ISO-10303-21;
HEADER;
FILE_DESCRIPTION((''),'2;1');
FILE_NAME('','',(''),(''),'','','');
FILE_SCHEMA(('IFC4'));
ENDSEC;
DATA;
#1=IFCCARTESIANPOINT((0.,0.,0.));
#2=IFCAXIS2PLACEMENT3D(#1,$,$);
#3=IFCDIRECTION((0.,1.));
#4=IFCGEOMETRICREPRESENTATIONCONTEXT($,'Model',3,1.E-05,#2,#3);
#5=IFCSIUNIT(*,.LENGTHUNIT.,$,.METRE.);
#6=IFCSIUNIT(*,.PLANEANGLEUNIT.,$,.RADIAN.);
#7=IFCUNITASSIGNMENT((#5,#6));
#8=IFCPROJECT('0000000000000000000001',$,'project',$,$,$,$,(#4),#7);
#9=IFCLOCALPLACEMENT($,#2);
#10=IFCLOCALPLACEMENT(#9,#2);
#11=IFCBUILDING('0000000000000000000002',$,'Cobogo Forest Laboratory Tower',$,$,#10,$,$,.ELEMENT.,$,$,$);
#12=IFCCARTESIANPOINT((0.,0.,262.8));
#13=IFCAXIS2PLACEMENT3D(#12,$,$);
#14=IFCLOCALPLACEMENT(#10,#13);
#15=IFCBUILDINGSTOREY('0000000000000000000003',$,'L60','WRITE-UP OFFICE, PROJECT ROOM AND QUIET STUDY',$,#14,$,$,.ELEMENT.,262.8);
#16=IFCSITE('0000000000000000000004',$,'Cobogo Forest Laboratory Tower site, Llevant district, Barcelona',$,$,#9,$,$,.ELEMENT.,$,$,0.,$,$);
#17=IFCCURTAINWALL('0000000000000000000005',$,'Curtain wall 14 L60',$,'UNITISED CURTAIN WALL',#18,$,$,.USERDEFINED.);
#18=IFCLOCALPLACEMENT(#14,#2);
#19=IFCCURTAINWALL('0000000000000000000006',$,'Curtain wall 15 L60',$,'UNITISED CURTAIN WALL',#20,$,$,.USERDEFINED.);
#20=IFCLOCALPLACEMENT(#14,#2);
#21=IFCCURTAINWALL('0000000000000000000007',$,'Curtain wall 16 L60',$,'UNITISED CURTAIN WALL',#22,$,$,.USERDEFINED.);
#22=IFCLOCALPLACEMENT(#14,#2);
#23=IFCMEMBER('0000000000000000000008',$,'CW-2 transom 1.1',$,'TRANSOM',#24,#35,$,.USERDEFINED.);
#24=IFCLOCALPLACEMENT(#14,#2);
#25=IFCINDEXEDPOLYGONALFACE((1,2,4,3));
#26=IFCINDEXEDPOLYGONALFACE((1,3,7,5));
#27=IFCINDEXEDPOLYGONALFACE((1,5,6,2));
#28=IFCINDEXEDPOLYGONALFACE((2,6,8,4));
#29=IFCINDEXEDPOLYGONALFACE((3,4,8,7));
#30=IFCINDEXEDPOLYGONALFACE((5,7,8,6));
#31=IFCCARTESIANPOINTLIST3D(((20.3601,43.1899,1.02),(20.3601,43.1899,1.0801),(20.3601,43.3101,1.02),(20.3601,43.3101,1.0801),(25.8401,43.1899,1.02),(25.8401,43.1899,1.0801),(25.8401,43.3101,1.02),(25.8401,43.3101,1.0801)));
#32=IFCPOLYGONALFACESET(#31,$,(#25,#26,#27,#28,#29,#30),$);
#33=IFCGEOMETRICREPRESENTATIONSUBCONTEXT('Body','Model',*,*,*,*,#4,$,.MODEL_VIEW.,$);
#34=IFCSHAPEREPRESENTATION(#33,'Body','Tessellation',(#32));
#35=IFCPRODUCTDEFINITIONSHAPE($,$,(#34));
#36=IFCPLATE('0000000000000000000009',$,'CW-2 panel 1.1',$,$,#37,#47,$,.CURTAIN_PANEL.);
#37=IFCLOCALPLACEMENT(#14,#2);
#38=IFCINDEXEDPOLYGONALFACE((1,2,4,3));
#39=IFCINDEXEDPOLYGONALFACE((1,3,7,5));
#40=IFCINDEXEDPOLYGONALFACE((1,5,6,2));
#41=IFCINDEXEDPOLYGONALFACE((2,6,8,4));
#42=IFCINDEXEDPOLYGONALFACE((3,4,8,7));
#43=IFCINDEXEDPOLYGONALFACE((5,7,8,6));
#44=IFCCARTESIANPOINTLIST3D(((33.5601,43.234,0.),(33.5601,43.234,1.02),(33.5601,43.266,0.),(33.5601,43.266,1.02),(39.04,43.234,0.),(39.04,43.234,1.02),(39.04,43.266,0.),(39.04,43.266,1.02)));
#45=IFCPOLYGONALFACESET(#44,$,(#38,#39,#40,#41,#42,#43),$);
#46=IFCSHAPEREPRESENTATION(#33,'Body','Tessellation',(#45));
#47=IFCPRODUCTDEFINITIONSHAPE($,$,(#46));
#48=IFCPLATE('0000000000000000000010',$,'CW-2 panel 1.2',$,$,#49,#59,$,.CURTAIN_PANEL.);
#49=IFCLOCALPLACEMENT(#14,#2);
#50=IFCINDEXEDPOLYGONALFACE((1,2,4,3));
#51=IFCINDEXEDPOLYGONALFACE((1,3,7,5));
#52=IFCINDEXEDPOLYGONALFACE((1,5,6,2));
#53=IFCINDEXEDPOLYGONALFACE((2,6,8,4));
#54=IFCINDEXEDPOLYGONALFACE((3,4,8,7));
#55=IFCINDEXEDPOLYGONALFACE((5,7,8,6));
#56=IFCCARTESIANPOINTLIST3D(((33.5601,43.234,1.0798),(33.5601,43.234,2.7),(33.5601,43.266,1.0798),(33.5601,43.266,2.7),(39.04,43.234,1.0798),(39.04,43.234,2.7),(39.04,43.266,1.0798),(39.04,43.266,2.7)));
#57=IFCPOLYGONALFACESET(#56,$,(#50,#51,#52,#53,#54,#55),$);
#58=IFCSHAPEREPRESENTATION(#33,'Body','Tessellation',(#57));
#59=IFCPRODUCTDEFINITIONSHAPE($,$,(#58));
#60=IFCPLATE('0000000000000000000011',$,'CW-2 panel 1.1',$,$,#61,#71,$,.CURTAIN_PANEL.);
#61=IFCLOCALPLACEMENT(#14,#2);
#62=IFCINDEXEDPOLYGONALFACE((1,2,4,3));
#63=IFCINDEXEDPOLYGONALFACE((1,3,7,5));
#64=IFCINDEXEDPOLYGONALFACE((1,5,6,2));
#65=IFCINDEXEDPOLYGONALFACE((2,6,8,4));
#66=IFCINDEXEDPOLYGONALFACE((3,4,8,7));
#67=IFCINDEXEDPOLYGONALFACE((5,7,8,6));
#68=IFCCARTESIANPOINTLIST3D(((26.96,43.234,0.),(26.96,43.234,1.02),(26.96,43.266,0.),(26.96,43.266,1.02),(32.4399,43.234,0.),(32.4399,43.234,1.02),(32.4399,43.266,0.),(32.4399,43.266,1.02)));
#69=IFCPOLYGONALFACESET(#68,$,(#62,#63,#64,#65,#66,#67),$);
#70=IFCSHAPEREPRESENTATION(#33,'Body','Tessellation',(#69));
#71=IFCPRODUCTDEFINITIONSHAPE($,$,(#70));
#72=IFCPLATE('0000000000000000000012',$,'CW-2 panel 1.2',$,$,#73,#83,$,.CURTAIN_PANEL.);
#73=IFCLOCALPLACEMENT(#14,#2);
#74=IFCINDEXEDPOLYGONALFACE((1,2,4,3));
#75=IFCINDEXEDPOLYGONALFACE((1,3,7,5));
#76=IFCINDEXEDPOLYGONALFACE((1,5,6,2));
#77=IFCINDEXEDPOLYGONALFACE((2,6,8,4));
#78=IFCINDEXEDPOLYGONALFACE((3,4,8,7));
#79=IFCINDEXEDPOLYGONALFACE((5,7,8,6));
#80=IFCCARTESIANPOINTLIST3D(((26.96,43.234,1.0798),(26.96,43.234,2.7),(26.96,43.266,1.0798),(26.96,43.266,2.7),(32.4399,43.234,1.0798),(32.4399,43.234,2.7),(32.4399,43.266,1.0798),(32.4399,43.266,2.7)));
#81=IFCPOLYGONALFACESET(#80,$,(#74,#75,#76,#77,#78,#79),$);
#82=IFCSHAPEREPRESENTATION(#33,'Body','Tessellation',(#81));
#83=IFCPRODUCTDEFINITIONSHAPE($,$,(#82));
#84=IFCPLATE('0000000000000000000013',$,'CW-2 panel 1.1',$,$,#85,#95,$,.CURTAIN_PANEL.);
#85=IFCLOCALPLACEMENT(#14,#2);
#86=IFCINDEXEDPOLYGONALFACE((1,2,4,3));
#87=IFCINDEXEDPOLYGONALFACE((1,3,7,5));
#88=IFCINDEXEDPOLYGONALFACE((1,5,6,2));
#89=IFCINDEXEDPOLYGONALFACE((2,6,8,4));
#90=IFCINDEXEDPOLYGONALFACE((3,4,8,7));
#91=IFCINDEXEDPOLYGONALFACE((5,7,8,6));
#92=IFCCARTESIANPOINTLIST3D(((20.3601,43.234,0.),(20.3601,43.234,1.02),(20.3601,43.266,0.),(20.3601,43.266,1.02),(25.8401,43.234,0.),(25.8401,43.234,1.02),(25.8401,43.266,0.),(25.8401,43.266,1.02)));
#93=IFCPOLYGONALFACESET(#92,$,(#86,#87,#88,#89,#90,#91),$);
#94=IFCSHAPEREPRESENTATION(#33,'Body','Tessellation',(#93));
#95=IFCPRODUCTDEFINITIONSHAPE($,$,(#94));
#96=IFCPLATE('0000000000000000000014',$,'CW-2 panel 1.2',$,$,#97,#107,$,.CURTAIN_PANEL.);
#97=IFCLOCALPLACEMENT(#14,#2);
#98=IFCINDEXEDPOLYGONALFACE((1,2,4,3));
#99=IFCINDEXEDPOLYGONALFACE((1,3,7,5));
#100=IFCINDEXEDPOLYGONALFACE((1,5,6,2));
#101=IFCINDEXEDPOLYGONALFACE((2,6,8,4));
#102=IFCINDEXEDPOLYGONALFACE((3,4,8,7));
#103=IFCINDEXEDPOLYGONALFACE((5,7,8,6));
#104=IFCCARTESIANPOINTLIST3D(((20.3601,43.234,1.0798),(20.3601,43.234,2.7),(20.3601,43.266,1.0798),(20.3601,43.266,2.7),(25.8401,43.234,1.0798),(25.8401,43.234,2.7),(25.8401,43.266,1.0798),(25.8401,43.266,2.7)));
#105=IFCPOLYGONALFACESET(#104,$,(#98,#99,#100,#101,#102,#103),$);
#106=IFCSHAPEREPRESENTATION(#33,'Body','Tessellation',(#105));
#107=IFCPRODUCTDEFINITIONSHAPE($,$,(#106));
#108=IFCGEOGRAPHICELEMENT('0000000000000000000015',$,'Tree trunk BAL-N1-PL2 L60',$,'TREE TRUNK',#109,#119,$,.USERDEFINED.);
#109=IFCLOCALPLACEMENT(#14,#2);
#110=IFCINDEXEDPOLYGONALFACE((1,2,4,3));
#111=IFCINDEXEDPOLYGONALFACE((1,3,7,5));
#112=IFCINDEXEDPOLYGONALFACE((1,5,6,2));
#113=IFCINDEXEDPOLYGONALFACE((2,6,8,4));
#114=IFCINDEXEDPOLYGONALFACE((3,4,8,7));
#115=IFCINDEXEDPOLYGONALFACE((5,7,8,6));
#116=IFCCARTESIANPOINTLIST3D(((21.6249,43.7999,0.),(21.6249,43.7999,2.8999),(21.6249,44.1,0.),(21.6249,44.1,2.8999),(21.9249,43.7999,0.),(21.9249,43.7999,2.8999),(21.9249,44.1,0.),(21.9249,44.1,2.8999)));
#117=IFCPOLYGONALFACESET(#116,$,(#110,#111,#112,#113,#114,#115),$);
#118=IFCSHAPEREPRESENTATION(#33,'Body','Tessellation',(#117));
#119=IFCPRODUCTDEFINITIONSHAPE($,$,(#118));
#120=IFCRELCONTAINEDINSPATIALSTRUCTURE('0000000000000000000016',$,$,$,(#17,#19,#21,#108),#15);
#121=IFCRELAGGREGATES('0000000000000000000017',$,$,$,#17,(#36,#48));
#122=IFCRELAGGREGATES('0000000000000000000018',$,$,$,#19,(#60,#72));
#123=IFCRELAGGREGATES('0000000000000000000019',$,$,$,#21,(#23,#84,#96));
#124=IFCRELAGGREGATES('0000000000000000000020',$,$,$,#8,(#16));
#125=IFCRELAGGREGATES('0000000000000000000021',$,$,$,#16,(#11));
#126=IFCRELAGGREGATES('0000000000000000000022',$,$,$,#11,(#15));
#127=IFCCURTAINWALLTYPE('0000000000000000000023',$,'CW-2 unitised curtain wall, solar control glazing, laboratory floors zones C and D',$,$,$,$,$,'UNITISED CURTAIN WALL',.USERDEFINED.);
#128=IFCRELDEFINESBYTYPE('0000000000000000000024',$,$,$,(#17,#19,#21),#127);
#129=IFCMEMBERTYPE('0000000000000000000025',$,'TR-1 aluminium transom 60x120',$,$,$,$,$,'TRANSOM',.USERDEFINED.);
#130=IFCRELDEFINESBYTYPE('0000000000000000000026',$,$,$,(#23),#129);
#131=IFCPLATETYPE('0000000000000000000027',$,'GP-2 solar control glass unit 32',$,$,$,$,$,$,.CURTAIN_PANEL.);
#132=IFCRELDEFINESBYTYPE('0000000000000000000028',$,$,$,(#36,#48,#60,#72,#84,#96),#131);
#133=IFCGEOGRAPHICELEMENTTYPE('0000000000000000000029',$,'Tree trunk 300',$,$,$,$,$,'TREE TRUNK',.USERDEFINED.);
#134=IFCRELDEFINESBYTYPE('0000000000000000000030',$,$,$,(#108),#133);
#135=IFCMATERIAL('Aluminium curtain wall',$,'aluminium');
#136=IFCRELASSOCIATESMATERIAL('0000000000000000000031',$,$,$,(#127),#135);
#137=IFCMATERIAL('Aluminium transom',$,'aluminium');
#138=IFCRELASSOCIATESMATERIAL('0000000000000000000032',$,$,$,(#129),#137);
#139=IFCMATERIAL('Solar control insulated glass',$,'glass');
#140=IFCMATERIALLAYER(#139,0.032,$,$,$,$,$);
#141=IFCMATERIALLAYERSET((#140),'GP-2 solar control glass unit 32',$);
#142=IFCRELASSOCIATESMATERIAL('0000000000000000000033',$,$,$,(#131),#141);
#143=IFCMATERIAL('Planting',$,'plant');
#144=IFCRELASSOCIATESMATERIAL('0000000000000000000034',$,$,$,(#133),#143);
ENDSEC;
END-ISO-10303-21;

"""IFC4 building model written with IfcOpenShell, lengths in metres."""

from ifc_helpers import new_model, si_unit, direction, frame, origin, origin_2d, place, context, subcontext, project, spatial, rectangle, extrude, material, layer, layer_set, material_profile, profile_set, type_object, element, aggregate, save


model = new_model("IFC4")

# Units and contexts
model_context = context("Model", 3, precision=1e-05, world=origin(), true_north=direction((0.0, 1.0)))
body_context = subcontext(model_context, "Body", "Model", "MODEL_VIEW")
ifc_project = project(units=[si_unit("LENGTHUNIT", "METRE"), si_unit("PLANEANGLEUNIT", "RADIAN")], contexts=[model_context])

# Site, building, storey
site_placement = place(None, origin())
site = spatial("IfcSite", under=ifc_project, at=site_placement, Name="Cobogo Forest Laboratory Tower site, Llevant district, Barcelona", CompositionType="ELEMENT", RefElevation=0.0)
building_placement = place(site_placement, origin())
building = spatial("IfcBuilding", under=site, at=building_placement, Name="Cobogo Forest Laboratory Tower", CompositionType="ELEMENT")
storey_placement = place(building_placement, frame((0.0, 0.0, 262.8)))
storey = spatial("IfcBuildingStorey", under=building, at=storey_placement, Name="L60", Description="WRITE-UP OFFICE, PROJECT ROOM AND QUIET STUDY", CompositionType="ELEMENT", Elevation=262.8)

# Curtain walls
ifc_material_1 = material(Name="Aluminium curtain wall", Category="aluminium")
curtain_wall_type = type_object("IfcCurtainWallType", Name="CW-2 unitised curtain wall, solar control glazing, laboratory floors zones C and D", ElementType="UNITISED CURTAIN WALL", PredefinedType="USERDEFINED", material=ifc_material_1)
curtain_wall_1_placement = place(storey_placement, origin())
curtain_wall_1 = element("IfcCurtainWall", 1, at=curtain_wall_1_placement, inside=storey, type_object=curtain_wall_type, Name="Curtain wall 14 L60", ObjectType="UNITISED CURTAIN WALL", PredefinedType="USERDEFINED")
curtain_wall_2_placement = place(storey_placement, origin())
curtain_wall_2 = element("IfcCurtainWall", 2, at=curtain_wall_2_placement, inside=storey, type_object=curtain_wall_type, Name="Curtain wall 15 L60", ObjectType="UNITISED CURTAIN WALL", PredefinedType="USERDEFINED")
curtain_wall_3_placement = place(storey_placement, origin())
curtain_wall_3 = element("IfcCurtainWall", 3, at=curtain_wall_3_placement, inside=storey, type_object=curtain_wall_type, Name="Curtain wall 16 L60", ObjectType="UNITISED CURTAIN WALL", PredefinedType="USERDEFINED")

# Member
ifc_material_2 = material(Name="Aluminium transom", Category="aluminium")
ifc_material_profile_1 = material_profile(ifc_material_2, rectangle(XDim=0.1201, YDim=0.0601, at=origin_2d()), Name="AL 60x120")
ifc_profile_set_1 = profile_set([ifc_material_profile_1], Name="Aluminium transom")
member_type_1 = type_object("IfcMemberType", Name="TR-1 aluminium transom 60x120", ElementType="TRANSOM", PredefinedType="USERDEFINED", material=ifc_profile_set_1)
member_1_placement = place(storey_placement, frame((25.8401, 43.25, 1.05), z_axis=(-1.0, 0.0, 0.0), x_axis=(0.0, -1.0, 0.0)))
member_1 = element("IfcMember", 4, at=member_1_placement, type_object=member_type_1, Name="CW-2 transom 1.1", ObjectType="TRANSOM", PredefinedType="USERDEFINED", context=body_context, shape_type="SweptSolid", body=[
    extrude(rectangle(XDim=0.1201, YDim=0.0601, at=origin_2d()), origin(), (0.0, 0.0, 1.0), 5.48),
])

# Plates
ifc_material_3 = material(Name="Solar control insulated glass", Category="glass")
ifc_layer = layer(ifc_material_3, 0.032)
ifc_layer_set = layer_set([ifc_layer], Name="GP-2 solar control glass unit 32")
plate_type_1 = type_object("IfcPlateType", Name="GP-2 solar control glass unit 32", PredefinedType="CURTAIN_PANEL", material=ifc_layer_set)
plate_1_placement = place(storey_placement, frame((36.3, 43.25, 0.0), z_axis=(0.0, 0.0, 1.0), x_axis=(-1.0, 0.0, 0.0)))
plate_1 = element("IfcPlate", 5, at=plate_1_placement, type_object=plate_type_1, Name="CW-2 panel 1.1", PredefinedType="CURTAIN_PANEL", context=body_context, shape_type="SweptSolid", body=[
    extrude(rectangle(XDim=5.48, YDim=0.032, at=origin_2d()), origin(), (0.0, 0.0, 1.0), 1.02),
])
plate_2_placement = place(storey_placement, frame((36.3, 43.25, 1.0798), z_axis=(0.0, 0.0, 1.0), x_axis=(-1.0, 0.0, 0.0)))
plate_2 = element("IfcPlate", 6, at=plate_2_placement, type_object=plate_type_1, Name="CW-2 panel 1.2", PredefinedType="CURTAIN_PANEL", context=body_context, shape_type="SweptSolid", body=[
    extrude(rectangle(XDim=5.48, YDim=0.032, at=origin_2d()), origin(), (0.0, 0.0, 1.0), 1.6201),
])
aggregate(curtain_wall_1, [plate_1, plate_2])
plate_3_placement = place(storey_placement, frame((29.7, 43.25, 0.0), z_axis=(0.0, 0.0, 1.0), x_axis=(-1.0, 0.0, 0.0)))
plate_3 = element("IfcPlate", 7, at=plate_3_placement, type_object=plate_type_1, Name="CW-2 panel 1.1", PredefinedType="CURTAIN_PANEL", context=body_context, shape_type="SweptSolid", body=[
    extrude(rectangle(XDim=5.48, YDim=0.032, at=origin_2d()), origin(), (0.0, 0.0, 1.0), 1.02),
])
plate_4_placement = place(storey_placement, frame((29.7, 43.25, 1.0798), z_axis=(0.0, 0.0, 1.0), x_axis=(-1.0, 0.0, 0.0)))
plate_4 = element("IfcPlate", 8, at=plate_4_placement, type_object=plate_type_1, Name="CW-2 panel 1.2", PredefinedType="CURTAIN_PANEL", context=body_context, shape_type="SweptSolid", body=[
    extrude(rectangle(XDim=5.48, YDim=0.032, at=origin_2d()), origin(), (0.0, 0.0, 1.0), 1.6201),
])
aggregate(curtain_wall_2, [plate_3, plate_4])
plate_5_placement = place(storey_placement, frame((23.1001, 43.25, 0.0), z_axis=(0.0, 0.0, 1.0), x_axis=(-1.0, 0.0, 0.0)))
plate_5 = element("IfcPlate", 9, at=plate_5_placement, type_object=plate_type_1, Name="CW-2 panel 1.1", PredefinedType="CURTAIN_PANEL", context=body_context, shape_type="SweptSolid", body=[
    extrude(rectangle(XDim=5.48, YDim=0.032, at=origin_2d()), origin(), (0.0, 0.0, 1.0), 1.02),
])
plate_6_placement = place(storey_placement, frame((23.1001, 43.25, 1.0798), z_axis=(0.0, 0.0, 1.0), x_axis=(-1.0, 0.0, 0.0)))
plate_6 = element("IfcPlate", 10, at=plate_6_placement, type_object=plate_type_1, Name="CW-2 panel 1.2", PredefinedType="CURTAIN_PANEL", context=body_context, shape_type="SweptSolid", body=[
    extrude(rectangle(XDim=5.48, YDim=0.032, at=origin_2d()), origin(), (0.0, 0.0, 1.0), 1.6201),
])
aggregate(curtain_wall_3, [member_1, plate_5, plate_6])

# Geographic element
ifc_material_4 = material(Name="Planting", Category="plant")
geographic_element_type = type_object("IfcGeographicElementType", Name="Tree trunk 300", ElementType="TREE TRUNK", PredefinedType="USERDEFINED", material=ifc_material_4)
geographic_element_placement = place(storey_placement, frame((21.7749, 43.95, 0.0), z_axis=(0.0, 0.0, 1.0), x_axis=(1.0, 0.0, 0.0)))
element("IfcGeographicElement", 11, at=geographic_element_placement, inside=storey, type_object=geographic_element_type, Name="Tree trunk BAL-N1-PL2 L60", ObjectType="TREE TRUNK", PredefinedType="USERDEFINED", context=body_context, shape_type="SweptSolid", body=[
    extrude(rectangle(XDim=0.3, YDim=0.3, at=origin_2d()), origin(), (0.0, 0.0, 1.0), 2.8999),
])

save(model, "model.ifc")
